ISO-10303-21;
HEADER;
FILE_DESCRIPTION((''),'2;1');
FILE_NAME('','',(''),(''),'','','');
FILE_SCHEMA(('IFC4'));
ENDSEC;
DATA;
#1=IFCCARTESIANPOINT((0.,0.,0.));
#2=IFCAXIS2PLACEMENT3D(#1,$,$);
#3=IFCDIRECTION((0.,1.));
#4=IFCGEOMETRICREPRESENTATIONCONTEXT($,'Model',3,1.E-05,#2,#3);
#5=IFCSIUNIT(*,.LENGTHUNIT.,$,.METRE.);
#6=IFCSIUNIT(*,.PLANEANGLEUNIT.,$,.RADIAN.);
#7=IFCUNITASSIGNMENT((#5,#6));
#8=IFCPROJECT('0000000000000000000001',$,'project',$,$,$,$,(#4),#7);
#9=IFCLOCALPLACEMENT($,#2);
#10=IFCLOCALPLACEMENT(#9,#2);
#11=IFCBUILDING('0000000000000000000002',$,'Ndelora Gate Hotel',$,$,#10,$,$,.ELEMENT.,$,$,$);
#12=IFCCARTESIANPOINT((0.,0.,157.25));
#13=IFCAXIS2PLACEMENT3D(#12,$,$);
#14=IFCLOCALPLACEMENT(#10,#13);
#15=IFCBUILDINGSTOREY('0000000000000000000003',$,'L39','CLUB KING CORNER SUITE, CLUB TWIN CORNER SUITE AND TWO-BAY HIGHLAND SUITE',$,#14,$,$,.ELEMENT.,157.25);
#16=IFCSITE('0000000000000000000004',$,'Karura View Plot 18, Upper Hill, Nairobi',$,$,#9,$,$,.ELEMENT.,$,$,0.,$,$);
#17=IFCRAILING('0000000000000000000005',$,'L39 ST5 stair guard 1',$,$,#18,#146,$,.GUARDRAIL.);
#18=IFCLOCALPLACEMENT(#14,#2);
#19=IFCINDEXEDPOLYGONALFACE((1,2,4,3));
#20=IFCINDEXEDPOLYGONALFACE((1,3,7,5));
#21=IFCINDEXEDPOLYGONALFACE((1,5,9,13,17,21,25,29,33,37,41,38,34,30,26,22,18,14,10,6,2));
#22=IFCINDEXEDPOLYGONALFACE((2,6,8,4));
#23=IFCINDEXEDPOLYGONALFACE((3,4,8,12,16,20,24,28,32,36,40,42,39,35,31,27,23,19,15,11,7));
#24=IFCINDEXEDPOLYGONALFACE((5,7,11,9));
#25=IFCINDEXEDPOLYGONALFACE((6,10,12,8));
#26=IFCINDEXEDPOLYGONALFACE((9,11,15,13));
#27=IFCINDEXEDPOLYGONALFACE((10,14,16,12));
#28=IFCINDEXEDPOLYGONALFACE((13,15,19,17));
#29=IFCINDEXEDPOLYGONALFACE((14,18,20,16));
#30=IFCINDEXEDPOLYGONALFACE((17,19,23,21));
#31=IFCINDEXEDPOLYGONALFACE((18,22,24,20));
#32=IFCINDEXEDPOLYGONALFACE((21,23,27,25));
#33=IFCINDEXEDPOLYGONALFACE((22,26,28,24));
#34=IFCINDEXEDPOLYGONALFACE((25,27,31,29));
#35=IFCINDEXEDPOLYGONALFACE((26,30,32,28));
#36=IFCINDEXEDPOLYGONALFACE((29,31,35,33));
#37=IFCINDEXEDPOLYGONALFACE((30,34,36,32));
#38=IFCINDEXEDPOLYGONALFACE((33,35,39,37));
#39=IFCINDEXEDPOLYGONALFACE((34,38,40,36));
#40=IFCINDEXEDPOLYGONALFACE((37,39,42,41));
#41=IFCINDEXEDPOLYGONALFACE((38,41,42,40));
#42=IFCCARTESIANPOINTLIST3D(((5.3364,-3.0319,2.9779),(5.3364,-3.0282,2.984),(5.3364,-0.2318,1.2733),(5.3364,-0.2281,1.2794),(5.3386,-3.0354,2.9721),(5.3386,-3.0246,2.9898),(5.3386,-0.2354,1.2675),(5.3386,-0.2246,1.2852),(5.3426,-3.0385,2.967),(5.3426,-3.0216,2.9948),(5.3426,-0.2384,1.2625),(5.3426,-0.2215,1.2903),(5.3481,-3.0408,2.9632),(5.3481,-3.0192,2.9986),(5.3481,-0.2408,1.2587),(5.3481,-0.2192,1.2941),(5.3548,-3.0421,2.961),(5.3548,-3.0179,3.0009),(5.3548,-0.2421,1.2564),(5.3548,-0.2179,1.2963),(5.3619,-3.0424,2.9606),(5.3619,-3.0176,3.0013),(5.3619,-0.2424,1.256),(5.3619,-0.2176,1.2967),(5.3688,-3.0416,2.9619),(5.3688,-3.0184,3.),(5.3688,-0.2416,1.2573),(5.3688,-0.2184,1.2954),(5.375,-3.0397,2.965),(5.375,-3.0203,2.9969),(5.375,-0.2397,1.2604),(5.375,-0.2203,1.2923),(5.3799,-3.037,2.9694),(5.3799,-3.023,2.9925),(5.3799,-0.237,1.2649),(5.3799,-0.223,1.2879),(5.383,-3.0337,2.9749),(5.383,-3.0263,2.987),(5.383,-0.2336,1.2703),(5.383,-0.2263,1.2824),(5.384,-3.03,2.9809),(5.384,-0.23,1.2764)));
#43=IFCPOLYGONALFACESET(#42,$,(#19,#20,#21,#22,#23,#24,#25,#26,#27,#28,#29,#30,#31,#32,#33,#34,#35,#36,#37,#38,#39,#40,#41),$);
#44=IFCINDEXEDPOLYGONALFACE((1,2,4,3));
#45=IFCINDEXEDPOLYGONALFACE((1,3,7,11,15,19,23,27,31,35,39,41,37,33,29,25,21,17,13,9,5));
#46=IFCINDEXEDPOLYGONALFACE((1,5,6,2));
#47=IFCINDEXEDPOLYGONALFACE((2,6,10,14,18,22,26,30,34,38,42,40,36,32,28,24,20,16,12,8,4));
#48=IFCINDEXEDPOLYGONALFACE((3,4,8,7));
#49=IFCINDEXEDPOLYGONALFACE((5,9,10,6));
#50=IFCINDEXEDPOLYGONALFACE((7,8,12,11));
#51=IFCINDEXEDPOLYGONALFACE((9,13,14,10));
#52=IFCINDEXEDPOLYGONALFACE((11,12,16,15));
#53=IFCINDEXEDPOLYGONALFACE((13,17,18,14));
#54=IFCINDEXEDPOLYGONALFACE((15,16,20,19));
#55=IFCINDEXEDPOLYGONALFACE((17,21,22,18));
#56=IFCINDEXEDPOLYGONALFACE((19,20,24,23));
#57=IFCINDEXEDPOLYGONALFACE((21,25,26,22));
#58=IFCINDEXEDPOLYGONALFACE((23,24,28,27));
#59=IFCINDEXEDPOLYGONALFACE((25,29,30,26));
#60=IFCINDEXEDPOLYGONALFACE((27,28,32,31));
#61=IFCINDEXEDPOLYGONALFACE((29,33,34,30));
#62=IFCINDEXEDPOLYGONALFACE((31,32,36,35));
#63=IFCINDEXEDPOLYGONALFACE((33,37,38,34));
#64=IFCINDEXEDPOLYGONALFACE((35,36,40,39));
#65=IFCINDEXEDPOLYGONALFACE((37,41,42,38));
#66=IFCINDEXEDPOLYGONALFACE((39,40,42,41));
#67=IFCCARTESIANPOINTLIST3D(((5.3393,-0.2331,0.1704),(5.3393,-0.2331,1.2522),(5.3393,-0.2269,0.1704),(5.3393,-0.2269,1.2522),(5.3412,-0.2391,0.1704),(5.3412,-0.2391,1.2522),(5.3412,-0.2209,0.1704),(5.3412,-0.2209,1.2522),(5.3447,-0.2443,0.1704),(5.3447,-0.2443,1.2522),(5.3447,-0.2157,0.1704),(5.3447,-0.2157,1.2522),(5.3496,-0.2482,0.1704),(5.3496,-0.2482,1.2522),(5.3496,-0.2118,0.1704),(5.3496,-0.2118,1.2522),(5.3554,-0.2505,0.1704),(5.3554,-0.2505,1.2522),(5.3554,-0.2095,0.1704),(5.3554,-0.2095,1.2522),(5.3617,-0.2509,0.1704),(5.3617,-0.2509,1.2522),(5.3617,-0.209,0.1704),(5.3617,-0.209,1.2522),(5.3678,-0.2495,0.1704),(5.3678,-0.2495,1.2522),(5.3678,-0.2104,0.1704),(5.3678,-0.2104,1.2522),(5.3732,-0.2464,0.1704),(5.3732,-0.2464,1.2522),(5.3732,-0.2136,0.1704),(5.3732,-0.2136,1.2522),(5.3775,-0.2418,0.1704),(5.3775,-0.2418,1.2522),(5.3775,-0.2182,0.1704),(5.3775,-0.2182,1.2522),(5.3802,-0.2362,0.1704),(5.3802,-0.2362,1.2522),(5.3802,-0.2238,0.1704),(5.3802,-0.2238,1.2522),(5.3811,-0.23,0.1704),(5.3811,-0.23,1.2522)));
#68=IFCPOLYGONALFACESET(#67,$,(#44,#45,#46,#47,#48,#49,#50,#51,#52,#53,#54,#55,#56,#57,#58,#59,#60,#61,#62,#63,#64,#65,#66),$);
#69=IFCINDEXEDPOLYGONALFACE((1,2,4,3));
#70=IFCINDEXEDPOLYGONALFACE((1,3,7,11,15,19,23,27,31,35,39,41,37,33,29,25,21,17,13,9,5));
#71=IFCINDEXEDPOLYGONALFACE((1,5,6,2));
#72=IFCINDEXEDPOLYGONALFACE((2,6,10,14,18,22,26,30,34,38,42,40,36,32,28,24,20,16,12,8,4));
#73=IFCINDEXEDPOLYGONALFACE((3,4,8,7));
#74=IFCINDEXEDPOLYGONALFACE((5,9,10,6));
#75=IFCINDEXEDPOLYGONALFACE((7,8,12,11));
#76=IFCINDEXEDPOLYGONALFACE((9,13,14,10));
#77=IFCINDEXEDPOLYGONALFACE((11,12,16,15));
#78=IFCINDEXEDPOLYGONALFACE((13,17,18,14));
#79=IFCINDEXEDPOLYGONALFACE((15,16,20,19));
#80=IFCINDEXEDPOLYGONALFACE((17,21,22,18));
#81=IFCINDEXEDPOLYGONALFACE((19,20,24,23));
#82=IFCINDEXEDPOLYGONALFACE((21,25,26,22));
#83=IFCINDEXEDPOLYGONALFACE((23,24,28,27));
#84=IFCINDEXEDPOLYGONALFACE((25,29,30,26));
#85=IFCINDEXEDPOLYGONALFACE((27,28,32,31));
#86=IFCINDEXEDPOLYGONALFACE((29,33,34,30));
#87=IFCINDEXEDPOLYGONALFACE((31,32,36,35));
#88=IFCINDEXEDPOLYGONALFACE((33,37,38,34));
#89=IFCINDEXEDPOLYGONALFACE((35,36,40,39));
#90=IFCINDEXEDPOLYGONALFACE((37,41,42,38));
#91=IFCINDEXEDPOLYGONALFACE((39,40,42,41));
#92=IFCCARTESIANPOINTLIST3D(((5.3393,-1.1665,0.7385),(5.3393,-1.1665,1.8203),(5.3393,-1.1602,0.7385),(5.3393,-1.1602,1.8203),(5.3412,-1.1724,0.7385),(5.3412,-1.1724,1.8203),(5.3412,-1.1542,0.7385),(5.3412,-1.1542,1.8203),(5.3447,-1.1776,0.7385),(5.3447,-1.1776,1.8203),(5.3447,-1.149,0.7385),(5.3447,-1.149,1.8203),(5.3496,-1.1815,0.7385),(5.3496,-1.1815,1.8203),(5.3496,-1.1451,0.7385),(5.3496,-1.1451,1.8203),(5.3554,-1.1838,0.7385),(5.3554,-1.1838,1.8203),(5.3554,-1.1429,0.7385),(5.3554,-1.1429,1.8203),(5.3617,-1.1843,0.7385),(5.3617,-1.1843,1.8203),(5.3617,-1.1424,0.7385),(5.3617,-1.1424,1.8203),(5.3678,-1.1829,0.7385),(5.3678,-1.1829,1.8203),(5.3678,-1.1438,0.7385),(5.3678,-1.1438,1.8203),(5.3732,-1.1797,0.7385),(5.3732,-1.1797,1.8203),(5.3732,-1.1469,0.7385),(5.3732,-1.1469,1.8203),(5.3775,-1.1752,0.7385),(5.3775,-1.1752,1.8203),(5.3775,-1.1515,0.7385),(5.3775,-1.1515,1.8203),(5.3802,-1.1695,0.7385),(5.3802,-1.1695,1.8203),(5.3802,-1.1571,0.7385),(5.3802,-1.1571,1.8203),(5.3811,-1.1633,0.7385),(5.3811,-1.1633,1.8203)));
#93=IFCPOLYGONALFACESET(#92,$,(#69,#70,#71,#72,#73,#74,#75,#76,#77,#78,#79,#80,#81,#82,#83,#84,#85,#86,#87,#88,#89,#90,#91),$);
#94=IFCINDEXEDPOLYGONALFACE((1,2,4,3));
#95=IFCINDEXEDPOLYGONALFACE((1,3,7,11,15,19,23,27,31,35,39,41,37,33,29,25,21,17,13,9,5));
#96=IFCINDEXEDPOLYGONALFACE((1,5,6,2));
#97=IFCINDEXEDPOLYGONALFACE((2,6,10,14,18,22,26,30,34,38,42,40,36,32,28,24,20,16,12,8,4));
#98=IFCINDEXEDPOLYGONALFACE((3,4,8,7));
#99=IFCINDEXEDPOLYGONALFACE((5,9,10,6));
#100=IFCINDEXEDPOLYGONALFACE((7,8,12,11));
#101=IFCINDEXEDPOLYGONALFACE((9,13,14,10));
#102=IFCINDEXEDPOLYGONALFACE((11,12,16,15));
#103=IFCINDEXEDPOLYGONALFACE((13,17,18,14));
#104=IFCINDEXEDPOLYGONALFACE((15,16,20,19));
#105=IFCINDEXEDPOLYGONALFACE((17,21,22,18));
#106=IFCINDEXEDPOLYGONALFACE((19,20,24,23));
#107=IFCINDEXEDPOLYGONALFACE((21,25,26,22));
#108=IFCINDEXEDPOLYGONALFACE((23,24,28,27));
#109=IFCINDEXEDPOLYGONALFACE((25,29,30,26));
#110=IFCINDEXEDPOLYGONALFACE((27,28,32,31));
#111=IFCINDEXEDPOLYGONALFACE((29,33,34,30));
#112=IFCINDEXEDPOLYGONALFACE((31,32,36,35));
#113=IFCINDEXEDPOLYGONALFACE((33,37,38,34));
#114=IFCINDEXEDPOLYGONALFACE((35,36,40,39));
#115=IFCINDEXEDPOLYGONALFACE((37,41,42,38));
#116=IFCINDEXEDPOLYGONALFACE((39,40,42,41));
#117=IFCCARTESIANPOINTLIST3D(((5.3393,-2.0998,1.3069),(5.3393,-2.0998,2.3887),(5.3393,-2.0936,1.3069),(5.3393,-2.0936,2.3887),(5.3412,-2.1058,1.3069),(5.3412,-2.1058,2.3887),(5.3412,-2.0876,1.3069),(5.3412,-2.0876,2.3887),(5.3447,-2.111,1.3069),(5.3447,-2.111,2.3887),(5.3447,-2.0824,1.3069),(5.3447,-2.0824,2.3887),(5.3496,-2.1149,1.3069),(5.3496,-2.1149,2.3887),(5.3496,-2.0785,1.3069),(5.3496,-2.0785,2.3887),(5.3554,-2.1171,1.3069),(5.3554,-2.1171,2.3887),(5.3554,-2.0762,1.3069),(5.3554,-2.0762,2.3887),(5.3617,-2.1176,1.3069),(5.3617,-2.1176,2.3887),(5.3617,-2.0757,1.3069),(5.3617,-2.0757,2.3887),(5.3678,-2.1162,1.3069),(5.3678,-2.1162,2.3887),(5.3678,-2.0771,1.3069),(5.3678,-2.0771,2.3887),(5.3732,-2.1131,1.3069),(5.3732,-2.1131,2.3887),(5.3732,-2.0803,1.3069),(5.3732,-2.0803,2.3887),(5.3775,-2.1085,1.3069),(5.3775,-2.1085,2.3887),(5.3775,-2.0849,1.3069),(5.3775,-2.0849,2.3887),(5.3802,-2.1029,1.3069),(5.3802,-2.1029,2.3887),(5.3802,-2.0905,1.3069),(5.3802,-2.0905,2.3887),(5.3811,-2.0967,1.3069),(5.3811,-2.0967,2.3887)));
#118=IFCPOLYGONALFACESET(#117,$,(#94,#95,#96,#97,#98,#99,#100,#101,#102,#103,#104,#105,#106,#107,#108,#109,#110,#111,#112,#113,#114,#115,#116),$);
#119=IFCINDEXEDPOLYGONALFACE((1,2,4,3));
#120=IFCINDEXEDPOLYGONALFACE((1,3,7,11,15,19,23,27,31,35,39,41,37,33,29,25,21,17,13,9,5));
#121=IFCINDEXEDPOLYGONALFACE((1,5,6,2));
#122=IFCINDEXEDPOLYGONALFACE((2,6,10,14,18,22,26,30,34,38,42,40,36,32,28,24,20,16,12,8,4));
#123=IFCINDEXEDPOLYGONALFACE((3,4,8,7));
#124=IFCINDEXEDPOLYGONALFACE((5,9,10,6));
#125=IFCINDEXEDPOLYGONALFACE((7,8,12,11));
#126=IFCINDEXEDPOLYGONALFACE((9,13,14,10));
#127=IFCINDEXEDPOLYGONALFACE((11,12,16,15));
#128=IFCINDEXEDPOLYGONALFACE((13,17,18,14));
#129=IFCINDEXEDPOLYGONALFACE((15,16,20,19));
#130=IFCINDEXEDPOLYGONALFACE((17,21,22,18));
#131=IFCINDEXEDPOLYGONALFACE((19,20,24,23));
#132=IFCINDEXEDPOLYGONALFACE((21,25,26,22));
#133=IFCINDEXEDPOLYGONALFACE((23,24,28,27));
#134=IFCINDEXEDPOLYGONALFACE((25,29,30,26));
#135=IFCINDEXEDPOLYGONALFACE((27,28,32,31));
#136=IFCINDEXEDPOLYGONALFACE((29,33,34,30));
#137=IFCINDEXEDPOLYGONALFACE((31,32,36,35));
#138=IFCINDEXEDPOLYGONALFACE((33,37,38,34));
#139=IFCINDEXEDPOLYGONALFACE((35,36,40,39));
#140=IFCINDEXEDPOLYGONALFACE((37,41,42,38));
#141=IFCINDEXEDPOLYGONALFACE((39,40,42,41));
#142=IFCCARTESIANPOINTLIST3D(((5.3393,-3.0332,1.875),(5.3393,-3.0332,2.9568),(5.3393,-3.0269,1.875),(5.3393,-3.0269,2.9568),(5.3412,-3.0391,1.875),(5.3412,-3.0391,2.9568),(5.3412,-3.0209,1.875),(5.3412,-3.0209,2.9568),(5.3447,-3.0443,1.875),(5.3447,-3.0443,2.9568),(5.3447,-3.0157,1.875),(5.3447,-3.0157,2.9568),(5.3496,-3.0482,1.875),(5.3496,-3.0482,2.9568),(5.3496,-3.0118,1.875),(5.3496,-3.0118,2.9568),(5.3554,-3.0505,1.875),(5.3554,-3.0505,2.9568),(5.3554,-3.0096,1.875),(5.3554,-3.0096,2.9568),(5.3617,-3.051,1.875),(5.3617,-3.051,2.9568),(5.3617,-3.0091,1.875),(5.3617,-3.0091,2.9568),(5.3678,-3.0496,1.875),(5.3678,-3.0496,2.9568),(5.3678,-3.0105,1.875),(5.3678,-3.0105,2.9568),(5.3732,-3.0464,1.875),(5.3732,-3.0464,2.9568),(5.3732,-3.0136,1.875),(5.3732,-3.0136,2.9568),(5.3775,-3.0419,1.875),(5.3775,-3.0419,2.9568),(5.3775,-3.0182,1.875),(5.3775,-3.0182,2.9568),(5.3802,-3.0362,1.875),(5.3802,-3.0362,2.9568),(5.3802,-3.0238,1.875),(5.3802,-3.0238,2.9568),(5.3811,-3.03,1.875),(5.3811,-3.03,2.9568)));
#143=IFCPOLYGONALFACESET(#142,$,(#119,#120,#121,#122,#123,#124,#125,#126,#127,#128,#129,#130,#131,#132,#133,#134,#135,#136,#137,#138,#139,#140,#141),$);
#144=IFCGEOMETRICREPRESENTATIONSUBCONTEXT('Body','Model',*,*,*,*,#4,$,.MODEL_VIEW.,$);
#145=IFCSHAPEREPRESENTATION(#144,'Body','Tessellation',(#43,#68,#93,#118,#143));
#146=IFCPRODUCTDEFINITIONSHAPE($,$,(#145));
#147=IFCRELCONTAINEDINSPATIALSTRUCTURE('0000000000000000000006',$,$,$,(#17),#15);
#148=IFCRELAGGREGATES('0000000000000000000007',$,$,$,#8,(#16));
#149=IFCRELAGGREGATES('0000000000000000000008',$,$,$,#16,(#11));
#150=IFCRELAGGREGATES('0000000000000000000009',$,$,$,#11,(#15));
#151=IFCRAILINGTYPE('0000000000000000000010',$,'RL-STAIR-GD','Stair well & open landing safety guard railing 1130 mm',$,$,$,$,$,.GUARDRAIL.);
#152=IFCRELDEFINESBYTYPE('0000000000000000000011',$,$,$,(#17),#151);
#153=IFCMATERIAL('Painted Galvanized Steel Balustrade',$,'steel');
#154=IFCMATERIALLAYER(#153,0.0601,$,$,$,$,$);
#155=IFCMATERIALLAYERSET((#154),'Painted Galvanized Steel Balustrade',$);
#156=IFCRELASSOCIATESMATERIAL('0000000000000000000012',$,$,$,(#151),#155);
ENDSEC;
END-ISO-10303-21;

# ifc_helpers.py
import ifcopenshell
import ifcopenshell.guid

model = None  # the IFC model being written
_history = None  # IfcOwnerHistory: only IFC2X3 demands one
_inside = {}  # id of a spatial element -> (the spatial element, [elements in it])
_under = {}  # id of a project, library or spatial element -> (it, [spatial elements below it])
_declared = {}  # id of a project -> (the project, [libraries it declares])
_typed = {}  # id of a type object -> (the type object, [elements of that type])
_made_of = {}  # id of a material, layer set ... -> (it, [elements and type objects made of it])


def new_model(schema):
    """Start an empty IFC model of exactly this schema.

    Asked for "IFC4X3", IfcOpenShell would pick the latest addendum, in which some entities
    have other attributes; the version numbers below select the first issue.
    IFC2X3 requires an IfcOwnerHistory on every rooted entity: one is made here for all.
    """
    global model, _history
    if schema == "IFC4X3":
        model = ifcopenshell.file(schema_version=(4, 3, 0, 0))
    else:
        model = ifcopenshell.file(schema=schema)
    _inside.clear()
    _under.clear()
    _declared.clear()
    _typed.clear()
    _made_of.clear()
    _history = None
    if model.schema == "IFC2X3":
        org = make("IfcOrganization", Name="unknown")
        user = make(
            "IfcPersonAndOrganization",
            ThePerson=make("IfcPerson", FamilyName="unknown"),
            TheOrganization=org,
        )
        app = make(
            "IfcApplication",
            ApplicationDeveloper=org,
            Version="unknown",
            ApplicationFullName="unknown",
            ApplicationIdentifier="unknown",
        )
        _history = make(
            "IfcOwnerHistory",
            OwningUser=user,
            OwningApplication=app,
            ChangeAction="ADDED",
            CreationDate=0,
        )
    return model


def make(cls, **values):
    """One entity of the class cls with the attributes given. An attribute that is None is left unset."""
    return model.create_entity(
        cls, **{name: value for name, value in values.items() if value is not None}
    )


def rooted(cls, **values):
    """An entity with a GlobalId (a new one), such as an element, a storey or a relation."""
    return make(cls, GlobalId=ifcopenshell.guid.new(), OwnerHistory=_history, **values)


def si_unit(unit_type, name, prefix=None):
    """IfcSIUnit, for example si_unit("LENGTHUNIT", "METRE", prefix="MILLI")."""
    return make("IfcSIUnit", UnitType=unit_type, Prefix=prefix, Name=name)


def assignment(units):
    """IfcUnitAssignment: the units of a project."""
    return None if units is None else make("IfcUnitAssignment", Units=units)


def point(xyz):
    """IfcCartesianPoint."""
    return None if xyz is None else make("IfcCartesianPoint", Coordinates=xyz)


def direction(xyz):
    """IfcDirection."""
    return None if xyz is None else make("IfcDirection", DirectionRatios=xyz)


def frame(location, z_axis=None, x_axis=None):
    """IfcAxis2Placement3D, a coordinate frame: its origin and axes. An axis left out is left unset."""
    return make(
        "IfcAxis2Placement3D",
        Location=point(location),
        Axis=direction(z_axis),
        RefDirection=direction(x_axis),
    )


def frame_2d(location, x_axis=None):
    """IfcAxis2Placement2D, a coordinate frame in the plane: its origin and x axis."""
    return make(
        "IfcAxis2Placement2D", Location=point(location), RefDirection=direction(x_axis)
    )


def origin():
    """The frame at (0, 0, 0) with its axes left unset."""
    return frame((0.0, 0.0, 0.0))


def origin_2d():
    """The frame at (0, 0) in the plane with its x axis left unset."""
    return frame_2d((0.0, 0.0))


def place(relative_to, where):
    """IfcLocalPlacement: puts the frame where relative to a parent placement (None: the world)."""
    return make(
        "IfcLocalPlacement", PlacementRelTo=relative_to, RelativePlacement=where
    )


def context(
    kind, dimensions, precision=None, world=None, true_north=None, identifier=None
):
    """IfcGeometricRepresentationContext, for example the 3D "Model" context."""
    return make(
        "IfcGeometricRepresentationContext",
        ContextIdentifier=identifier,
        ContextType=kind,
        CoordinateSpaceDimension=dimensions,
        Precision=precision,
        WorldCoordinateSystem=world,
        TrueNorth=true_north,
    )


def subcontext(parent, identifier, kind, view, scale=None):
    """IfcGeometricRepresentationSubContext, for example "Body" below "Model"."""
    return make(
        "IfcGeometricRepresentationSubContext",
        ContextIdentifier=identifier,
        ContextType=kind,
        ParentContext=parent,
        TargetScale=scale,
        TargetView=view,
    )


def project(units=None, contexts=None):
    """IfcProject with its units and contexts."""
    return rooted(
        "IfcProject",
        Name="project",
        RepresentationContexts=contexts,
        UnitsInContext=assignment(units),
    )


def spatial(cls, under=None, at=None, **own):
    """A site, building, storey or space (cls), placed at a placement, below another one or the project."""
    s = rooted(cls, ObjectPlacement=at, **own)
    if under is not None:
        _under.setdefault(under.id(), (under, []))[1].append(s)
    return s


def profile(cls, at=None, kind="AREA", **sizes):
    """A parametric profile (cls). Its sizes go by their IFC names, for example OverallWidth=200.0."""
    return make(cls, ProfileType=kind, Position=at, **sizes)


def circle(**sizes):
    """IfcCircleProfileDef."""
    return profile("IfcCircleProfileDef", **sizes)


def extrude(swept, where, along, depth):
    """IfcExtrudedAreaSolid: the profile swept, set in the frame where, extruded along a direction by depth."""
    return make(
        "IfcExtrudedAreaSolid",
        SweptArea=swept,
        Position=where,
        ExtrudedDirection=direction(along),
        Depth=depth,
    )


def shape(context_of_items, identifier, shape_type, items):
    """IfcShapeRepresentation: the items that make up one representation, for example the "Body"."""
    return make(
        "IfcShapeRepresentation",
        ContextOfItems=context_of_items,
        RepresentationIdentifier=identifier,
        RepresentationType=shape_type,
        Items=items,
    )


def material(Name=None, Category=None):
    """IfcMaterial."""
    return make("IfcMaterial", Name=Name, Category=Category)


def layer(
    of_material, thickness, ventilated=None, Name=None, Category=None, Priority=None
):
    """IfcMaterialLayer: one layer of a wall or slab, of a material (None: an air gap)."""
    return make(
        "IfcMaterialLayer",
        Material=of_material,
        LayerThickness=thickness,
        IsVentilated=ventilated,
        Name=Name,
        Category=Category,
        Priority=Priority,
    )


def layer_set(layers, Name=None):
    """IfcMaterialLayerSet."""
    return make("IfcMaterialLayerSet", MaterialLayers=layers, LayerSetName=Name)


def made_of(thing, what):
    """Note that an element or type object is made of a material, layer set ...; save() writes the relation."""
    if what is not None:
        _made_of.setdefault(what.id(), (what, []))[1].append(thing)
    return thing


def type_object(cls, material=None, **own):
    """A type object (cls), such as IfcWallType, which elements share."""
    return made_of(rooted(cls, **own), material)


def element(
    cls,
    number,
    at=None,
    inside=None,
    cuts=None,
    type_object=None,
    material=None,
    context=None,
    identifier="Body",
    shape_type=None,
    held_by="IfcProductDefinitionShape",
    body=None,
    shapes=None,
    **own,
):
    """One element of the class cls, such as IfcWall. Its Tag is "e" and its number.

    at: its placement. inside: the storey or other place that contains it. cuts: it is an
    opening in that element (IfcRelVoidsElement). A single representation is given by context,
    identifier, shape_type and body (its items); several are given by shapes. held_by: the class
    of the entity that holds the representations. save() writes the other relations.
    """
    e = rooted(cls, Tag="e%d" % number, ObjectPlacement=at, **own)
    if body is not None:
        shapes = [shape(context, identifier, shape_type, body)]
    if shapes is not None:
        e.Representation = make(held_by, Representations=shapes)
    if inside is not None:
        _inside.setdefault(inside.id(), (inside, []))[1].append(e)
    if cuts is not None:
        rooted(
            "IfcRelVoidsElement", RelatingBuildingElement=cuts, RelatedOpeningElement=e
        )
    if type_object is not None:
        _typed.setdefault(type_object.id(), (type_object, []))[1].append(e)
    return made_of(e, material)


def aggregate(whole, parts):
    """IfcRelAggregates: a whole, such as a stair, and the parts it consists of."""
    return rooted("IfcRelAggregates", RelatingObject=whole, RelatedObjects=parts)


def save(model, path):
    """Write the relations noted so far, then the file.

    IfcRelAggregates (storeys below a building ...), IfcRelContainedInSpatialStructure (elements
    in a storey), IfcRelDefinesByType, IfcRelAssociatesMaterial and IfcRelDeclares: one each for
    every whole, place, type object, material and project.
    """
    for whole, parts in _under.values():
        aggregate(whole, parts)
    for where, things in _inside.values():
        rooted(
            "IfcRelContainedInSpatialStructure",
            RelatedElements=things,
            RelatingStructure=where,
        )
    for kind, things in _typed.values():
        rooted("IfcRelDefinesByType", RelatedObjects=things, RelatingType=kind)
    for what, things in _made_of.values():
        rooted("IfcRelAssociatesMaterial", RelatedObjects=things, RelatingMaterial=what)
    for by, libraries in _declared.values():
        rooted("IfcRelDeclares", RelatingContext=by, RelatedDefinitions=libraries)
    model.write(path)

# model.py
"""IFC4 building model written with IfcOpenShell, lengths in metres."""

from ifc_helpers import new_model, si_unit, direction, frame, origin, origin_2d, place, context, subcontext, project, spatial, circle, extrude, material, layer, layer_set, type_object, element, save


model = new_model("IFC4")

# Units and contexts
model_context = context("Model", 3, precision=1e-05, world=origin(), true_north=direction((0.0, 1.0)))
body_context = subcontext(model_context, "Body", "Model", "MODEL_VIEW")
ifc_project = project(units=[si_unit("LENGTHUNIT", "METRE"), si_unit("PLANEANGLEUNIT", "RADIAN")], contexts=[model_context])

# Site, building, storey
site_placement = place(None, origin())
site = spatial("IfcSite", under=ifc_project, at=site_placement, Name="Karura View Plot 18, Upper Hill, Nairobi", CompositionType="ELEMENT", RefElevation=0.0)
building_placement = place(site_placement, origin())
building = spatial("IfcBuilding", under=site, at=building_placement, Name="Ndelora Gate Hotel", CompositionType="ELEMENT")
storey_placement = place(building_placement, frame((0.0, 0.0, 157.25)))
storey = spatial("IfcBuildingStorey", under=building, at=storey_placement, Name="L39", Description="CLUB KING CORNER SUITE, CLUB TWIN CORNER SUITE AND TWO-BAY HIGHLAND SUITE", CompositionType="ELEMENT", Elevation=157.25)

# Railing
ifc_material_1 = material(Name="Painted Galvanized Steel Balustrade", Category="steel")
ifc_layer_1 = layer(ifc_material_1, 0.0601)
ifc_layer_set_1 = layer_set([ifc_layer_1], Name="Painted Galvanized Steel Balustrade")
railing_type_1 = type_object("IfcRailingType", Name="RL-STAIR-GD", Description="Stair well & open landing safety guard railing 1130 mm", PredefinedType="GUARDRAIL", material=ifc_layer_set_1)
railing_1_placement = place(storey_placement, frame((5.3601, -0.23, 0.1704)))
element("IfcRailing", 1, at=railing_1_placement, inside=storey, type_object=railing_type_1, Name="L39 ST5 stair guard 1", PredefinedType="GUARDRAIL", context=body_context, shape_type="SweptSolid", body=[
    extrude(circle(Radius=0.0239, at=origin_2d()), frame((0.0, 0.0, 1.106), z_axis=(0.0, -0.85417, 0.519994), x_axis=(1.0, 0.0, 0.0)), (0.0, 0.0, 1.0), 3.2781),
    extrude(circle(Radius=0.021, at=origin_2d()), origin(), (0.0, 0.0, 1.0), 1.0818),
    extrude(circle(Radius=0.021, at=origin_2d()), frame((0.0, -0.9333, 0.5681)), (0.0, 0.0, 1.0), 1.0818),
    extrude(circle(Radius=0.021, at=origin_2d()), frame((0.0, -1.8667, 1.1365)), (0.0, 0.0, 1.0), 1.0818),
    extrude(circle(Radius=0.021, at=origin_2d()), frame((0.0, -2.8, 1.7046)), (0.0, 0.0, 1.0), 1.0818),
])

save(model, "model.ifc")
